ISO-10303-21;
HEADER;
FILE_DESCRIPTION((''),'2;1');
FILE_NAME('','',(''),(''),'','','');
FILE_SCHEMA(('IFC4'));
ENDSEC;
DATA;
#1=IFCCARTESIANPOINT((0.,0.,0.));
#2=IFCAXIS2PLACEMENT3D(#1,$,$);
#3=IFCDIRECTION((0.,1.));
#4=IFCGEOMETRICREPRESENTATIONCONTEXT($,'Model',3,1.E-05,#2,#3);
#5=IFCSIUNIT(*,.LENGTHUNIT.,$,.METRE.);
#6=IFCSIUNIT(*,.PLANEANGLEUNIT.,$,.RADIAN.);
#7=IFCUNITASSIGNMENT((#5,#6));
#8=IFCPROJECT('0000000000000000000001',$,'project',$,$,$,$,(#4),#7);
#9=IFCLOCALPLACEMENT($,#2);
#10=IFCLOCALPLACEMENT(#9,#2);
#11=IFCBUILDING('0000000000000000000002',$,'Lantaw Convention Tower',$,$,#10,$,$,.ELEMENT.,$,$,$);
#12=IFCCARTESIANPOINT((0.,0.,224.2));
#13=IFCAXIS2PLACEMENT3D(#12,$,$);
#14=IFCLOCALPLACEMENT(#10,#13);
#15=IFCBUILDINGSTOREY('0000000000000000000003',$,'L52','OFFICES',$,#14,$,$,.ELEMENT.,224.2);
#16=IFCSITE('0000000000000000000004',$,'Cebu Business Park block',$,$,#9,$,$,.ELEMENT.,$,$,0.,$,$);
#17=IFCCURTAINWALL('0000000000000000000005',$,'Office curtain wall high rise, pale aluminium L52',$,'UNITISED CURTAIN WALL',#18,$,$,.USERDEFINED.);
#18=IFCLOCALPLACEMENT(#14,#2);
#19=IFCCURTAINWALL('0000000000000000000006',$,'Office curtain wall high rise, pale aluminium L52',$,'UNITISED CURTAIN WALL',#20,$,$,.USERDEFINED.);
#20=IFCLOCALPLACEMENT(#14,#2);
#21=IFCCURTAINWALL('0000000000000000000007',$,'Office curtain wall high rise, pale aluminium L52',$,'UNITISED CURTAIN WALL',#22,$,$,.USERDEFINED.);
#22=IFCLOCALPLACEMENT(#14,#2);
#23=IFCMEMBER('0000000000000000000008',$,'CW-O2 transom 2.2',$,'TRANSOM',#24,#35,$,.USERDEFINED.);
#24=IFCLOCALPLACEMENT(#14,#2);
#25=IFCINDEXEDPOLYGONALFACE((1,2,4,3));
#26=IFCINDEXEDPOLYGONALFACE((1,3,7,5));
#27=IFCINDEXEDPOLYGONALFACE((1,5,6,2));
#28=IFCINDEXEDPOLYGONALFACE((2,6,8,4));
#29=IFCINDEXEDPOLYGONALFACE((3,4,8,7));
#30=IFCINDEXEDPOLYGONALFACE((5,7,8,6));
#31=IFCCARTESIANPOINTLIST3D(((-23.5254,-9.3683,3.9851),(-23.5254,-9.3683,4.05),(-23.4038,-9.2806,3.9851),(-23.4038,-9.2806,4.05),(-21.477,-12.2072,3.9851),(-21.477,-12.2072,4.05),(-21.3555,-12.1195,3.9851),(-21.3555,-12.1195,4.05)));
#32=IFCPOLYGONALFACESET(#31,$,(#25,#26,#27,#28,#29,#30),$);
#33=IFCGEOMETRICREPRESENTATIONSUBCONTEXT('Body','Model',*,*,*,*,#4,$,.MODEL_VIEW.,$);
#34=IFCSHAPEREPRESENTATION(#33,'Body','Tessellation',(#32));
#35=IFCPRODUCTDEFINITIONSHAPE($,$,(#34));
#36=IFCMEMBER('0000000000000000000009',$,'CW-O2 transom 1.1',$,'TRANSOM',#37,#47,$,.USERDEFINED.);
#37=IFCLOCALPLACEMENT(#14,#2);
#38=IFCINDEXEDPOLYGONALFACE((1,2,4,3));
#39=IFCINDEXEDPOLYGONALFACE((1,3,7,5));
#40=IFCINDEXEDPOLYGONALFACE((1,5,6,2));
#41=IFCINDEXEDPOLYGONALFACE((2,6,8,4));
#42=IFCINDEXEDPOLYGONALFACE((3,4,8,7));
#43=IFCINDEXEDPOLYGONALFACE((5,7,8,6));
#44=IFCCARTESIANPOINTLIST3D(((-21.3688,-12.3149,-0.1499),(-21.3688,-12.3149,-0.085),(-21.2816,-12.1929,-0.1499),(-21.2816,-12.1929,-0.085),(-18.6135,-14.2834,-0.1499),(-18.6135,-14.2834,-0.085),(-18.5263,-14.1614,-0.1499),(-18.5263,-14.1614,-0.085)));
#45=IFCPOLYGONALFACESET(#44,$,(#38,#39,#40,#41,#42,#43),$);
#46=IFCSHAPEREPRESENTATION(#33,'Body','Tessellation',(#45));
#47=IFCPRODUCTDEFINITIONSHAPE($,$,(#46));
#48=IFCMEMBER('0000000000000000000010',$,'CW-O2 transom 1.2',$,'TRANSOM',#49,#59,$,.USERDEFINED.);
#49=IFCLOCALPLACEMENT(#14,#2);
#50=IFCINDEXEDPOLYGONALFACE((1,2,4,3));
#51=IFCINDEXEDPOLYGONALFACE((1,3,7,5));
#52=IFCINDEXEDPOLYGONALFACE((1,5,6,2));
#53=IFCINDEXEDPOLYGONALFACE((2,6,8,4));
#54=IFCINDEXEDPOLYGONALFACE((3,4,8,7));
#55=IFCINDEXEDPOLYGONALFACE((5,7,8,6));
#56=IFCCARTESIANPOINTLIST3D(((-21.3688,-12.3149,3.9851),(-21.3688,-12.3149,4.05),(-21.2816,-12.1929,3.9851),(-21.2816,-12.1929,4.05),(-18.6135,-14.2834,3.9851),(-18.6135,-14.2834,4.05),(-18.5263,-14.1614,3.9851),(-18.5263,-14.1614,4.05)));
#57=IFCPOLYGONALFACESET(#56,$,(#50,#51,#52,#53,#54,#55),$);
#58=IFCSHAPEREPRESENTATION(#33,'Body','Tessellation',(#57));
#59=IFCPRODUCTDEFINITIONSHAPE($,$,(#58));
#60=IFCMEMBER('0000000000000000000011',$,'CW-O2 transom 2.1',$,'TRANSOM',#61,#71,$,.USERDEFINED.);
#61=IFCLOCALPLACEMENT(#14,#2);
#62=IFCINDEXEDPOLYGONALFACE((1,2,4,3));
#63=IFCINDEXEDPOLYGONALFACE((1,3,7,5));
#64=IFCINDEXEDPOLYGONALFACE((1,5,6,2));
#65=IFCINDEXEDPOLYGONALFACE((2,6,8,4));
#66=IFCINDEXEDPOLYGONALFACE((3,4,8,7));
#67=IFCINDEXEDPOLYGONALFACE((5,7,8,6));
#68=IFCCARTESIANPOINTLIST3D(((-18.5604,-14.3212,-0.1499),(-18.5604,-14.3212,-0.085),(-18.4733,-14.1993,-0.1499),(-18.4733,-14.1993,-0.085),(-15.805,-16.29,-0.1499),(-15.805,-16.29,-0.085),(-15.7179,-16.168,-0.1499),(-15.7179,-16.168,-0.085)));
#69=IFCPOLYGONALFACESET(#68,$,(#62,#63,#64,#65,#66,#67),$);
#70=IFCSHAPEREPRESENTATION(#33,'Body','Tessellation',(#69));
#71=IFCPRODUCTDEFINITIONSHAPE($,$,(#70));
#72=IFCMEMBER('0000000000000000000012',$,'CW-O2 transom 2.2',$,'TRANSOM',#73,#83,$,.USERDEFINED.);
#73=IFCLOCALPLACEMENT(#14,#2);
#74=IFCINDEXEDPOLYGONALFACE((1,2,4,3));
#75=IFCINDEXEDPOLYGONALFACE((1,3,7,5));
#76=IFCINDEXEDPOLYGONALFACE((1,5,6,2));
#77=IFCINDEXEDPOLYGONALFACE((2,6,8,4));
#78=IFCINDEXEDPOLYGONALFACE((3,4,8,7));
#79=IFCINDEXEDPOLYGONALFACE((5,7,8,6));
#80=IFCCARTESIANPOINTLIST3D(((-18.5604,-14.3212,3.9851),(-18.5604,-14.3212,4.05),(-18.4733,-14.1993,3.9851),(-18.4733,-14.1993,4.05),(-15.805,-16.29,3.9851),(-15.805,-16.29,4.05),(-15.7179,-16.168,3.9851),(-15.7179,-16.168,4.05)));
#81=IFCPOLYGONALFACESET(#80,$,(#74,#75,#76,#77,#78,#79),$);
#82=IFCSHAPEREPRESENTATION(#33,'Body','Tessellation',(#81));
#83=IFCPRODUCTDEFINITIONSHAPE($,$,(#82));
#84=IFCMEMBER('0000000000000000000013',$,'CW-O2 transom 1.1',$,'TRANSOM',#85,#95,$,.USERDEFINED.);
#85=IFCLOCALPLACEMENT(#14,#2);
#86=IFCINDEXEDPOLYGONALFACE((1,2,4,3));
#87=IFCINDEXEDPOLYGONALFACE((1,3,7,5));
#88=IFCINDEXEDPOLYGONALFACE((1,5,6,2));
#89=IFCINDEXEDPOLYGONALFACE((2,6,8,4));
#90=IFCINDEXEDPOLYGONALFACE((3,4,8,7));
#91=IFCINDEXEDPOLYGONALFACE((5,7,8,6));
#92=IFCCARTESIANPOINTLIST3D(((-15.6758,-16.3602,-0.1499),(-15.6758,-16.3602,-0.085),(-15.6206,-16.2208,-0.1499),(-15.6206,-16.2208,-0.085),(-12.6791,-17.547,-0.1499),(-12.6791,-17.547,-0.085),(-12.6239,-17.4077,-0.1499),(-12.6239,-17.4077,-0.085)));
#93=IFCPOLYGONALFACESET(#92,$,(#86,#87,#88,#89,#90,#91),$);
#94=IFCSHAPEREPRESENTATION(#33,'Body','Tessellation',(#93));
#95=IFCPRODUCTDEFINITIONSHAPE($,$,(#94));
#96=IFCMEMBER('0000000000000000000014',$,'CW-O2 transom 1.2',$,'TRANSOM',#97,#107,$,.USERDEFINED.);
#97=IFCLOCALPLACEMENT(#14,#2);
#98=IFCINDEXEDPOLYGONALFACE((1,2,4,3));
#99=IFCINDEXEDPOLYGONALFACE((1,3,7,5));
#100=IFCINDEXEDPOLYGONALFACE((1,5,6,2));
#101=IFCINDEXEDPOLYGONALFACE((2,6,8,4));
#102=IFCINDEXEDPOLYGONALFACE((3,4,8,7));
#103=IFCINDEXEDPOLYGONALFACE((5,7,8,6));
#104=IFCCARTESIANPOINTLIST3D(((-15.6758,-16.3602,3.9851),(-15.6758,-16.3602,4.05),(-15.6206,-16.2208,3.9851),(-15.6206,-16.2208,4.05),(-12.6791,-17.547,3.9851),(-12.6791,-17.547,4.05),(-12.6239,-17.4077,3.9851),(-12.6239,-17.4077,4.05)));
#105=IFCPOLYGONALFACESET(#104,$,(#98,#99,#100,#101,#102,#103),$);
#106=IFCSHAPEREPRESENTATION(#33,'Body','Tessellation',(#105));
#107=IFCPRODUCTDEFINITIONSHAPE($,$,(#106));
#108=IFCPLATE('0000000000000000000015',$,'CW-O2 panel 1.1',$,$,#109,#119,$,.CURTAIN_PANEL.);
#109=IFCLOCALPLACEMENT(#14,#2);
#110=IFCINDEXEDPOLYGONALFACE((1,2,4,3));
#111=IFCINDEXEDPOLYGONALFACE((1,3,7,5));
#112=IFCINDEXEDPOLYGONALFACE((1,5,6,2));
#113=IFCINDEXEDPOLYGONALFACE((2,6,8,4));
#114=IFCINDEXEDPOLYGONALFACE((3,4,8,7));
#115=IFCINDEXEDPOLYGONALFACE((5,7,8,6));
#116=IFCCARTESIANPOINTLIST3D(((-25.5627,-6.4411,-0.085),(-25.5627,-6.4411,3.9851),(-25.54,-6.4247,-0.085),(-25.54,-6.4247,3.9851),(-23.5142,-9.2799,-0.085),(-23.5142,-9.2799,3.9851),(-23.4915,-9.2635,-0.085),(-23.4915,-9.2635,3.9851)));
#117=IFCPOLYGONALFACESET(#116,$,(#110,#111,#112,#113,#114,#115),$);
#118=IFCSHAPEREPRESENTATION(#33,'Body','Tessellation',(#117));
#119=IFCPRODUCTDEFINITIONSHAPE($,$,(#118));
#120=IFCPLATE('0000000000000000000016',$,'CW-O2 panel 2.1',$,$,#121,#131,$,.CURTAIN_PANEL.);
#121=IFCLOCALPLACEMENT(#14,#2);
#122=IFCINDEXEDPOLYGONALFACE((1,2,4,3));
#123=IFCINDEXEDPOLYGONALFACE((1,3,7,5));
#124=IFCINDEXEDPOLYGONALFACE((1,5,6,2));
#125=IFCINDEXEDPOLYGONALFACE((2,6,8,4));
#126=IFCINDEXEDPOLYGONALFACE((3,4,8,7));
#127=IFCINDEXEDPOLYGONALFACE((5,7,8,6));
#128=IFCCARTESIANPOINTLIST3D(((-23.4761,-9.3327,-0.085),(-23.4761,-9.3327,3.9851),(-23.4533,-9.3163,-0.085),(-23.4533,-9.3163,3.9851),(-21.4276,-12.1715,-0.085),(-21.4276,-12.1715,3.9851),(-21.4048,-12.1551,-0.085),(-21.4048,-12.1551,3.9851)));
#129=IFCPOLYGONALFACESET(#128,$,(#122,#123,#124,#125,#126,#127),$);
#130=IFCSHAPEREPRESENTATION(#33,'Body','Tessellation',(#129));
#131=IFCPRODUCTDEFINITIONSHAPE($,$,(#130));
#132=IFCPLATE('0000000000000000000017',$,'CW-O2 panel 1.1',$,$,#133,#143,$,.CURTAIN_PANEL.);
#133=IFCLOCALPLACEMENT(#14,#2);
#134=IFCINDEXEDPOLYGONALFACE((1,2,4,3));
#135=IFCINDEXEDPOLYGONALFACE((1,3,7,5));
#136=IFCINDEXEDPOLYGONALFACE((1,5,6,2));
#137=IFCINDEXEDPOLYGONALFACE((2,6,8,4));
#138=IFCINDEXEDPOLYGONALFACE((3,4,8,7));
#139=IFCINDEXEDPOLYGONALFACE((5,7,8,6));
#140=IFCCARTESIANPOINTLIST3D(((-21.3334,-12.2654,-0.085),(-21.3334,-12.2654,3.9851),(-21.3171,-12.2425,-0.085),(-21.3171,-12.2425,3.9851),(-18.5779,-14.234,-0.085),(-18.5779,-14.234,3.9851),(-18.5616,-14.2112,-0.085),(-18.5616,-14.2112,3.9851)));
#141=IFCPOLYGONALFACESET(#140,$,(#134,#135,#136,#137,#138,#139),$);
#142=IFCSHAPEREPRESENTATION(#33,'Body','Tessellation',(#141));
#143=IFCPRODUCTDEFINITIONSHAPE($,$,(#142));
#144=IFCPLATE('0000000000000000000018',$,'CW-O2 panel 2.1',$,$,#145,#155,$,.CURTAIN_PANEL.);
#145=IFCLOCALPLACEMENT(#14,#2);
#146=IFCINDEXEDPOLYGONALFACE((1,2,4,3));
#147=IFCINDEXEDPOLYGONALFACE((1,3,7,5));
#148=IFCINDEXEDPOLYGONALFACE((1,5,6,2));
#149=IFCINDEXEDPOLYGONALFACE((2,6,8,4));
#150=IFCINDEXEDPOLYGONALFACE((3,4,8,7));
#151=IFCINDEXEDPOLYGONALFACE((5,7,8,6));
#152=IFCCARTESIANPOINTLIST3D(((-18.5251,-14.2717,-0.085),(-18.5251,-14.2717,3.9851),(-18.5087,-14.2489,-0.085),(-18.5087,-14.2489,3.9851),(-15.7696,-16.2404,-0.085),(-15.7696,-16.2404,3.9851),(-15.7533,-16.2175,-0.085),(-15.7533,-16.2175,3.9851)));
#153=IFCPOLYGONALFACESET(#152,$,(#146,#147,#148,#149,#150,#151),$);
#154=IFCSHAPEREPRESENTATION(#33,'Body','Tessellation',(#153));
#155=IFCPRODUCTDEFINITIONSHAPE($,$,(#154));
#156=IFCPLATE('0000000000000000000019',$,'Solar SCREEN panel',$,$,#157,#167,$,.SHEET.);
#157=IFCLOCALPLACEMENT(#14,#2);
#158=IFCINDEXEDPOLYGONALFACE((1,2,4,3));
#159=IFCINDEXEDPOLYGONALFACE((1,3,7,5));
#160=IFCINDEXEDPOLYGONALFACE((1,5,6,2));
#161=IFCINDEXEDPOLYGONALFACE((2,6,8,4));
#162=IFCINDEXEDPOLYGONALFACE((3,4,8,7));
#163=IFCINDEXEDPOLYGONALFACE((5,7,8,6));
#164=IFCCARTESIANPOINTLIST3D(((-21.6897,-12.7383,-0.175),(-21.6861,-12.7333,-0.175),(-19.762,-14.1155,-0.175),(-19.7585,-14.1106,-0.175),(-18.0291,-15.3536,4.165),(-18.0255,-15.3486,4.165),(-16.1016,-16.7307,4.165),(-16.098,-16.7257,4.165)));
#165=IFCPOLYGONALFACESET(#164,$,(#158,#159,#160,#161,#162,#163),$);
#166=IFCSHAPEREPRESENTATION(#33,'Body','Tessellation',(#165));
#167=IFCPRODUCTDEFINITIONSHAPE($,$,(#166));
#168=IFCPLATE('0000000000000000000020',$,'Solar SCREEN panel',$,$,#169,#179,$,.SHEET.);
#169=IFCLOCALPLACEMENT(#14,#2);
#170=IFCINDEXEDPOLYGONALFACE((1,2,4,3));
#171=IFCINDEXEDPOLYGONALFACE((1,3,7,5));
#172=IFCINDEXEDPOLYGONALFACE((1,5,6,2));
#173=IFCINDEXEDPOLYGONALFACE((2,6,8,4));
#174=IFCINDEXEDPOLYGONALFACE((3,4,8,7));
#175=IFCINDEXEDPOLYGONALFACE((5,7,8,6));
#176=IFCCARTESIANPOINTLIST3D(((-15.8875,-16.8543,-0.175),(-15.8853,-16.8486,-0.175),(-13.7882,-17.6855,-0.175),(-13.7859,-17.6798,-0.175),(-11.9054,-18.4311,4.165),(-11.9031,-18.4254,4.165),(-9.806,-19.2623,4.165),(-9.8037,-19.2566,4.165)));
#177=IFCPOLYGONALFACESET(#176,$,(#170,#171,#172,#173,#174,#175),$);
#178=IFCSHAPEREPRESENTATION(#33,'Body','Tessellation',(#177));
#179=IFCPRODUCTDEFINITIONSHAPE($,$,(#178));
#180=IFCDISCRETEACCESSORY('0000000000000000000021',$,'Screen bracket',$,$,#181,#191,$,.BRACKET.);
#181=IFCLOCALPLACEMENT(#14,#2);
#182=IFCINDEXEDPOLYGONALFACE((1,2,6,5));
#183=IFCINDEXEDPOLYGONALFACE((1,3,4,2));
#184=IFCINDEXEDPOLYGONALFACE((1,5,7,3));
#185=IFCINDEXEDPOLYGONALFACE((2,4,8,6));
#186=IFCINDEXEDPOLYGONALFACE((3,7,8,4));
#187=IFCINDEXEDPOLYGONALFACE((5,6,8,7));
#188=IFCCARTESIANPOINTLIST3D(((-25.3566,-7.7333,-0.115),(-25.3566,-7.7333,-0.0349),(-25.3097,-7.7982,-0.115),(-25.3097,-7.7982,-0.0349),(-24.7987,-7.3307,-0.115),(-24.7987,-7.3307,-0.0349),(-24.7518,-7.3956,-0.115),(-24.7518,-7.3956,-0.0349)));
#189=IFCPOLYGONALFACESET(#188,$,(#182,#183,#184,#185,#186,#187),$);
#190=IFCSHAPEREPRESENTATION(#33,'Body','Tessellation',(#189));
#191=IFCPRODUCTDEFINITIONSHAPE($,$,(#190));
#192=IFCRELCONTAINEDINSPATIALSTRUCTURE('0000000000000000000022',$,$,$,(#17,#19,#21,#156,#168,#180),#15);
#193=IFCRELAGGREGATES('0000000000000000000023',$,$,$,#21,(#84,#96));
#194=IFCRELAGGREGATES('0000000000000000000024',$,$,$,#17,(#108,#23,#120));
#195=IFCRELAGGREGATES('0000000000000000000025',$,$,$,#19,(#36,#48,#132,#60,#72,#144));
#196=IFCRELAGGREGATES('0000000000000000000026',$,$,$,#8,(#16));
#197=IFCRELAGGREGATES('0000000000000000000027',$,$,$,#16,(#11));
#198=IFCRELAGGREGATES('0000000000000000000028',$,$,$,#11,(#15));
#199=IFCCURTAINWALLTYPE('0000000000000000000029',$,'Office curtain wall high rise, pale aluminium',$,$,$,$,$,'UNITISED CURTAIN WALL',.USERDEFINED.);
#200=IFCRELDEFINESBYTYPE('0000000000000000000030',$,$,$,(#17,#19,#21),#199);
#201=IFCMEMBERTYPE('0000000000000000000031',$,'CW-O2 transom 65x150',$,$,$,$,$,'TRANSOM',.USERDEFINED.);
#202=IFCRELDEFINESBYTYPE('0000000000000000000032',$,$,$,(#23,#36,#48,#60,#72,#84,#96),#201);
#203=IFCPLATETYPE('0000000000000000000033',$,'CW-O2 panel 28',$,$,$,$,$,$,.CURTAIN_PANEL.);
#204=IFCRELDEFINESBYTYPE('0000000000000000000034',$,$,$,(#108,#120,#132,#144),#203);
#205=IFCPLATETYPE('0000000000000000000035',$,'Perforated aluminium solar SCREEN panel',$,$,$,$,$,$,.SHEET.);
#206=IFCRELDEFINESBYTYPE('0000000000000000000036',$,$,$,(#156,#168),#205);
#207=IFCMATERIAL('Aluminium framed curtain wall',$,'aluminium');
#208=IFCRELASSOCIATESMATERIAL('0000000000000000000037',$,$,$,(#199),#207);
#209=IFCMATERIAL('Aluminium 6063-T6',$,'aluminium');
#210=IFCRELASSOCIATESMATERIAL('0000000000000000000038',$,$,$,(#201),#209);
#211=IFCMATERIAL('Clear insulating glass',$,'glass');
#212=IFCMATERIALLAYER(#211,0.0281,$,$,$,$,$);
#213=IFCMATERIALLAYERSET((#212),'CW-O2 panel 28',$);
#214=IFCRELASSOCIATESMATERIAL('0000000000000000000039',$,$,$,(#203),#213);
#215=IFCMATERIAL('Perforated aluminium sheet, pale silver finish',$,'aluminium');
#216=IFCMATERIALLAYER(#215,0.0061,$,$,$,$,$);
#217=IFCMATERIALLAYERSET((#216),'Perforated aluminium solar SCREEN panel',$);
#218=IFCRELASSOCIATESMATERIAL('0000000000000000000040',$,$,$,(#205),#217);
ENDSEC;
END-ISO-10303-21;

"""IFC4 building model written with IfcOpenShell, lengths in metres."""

from ifc_helpers import new_model, si_unit, direction, frame, origin, origin_2d, place, context, subcontext, project, spatial, polyline, rectangle, outline, extrude, material, layer, layer_set, material_profile, profile_set, type_object, element, aggregate, save


model = new_model("IFC4")

# Units and contexts
model_context = context("Model", 3, precision=1e-05, world=origin(), true_north=direction((0.0, 1.0)))
body_context = subcontext(model_context, "Body", "Model", "MODEL_VIEW")
ifc_project = project(units=[si_unit("LENGTHUNIT", "METRE"), si_unit("PLANEANGLEUNIT", "RADIAN")], contexts=[model_context])

# Site, building, storey
site_placement = place(None, origin())
site = spatial("IfcSite", under=ifc_project, at=site_placement, Name="Cebu Business Park block", CompositionType="ELEMENT", RefElevation=0.0)
building_placement = place(site_placement, origin())
building = spatial("IfcBuilding", under=site, at=building_placement, Name="Lantaw Convention Tower", CompositionType="ELEMENT")
storey_placement = place(building_placement, frame((0.0, 0.0, 224.2)))
storey = spatial("IfcBuildingStorey", under=building, at=storey_placement, Name="L52", Description="OFFICES", CompositionType="ELEMENT", Elevation=224.2)

# Curtain walls
ifc_material_1 = material(Name="Aluminium framed curtain wall", Category="aluminium")
curtain_wall_type = type_object("IfcCurtainWallType", Name="Office curtain wall high rise, pale aluminium", ElementType="UNITISED CURTAIN WALL", PredefinedType="USERDEFINED", material=ifc_material_1)
curtain_wall_1_placement = place(storey_placement, origin())
curtain_wall_1 = element("IfcCurtainWall", 1, at=curtain_wall_1_placement, inside=storey, type_object=curtain_wall_type, Name="Office curtain wall high rise, pale aluminium L52", ObjectType="UNITISED CURTAIN WALL", PredefinedType="USERDEFINED")
ifc_material_2 = material(Name="Aluminium 6063-T6", Category="aluminium")
curtain_wall_2_placement = place(storey_placement, origin())
curtain_wall_2 = element("IfcCurtainWall", 2, at=curtain_wall_2_placement, inside=storey, type_object=curtain_wall_type, Name="Office curtain wall high rise, pale aluminium L52", ObjectType="UNITISED CURTAIN WALL", PredefinedType="USERDEFINED")

# Curtain wall
curtain_wall_3_placement = place(storey_placement, origin())
curtain_wall_3 = element("IfcCurtainWall", 3, at=curtain_wall_3_placement, inside=storey, type_object=curtain_wall_type, Name="Office curtain wall high rise, pale aluminium L52", ObjectType="UNITISED CURTAIN WALL", PredefinedType="USERDEFINED")

# Members
ifc_material_profile_1 = material_profile(ifc_material_2, rectangle(XDim=0.1499, YDim=0.0649, at=origin_2d()), Name="CW-O2 transom 65x150")
ifc_profile_set_1 = profile_set([ifc_material_profile_1], Name="Aluminium 6063-T6")
member_type_1 = type_object("IfcMemberType", Name="CW-O2 transom 65x150", ElementType="TRANSOM", PredefinedType="USERDEFINED", material=ifc_profile_set_1)
member_1_placement = place(storey_placement, frame((-23.4646, -9.3245, 4.0176), z_axis=(0.585124, -0.810944, 0.0), x_axis=(0.810944, 0.585124, 0.0)))
member_1 = element("IfcMember", 4, at=member_1_placement, type_object=member_type_1, Name="CW-O2 transom 2.2", ObjectType="TRANSOM", PredefinedType="USERDEFINED", context=body_context, shape_type="SweptSolid", body=[
    extrude(rectangle(XDim=0.1499, YDim=0.0649, at=origin_2d()), origin(), (0.0, 0.0, 1.0), 3.5007),
])
member_2_placement = place(storey_placement, frame((-21.3252, -12.2539, -0.1174), z_axis=(0.81368, -0.581313, 0.0), x_axis=(0.581313, 0.81368, 0.0)))
member_2 = element("IfcMember", 5, at=member_2_placement, type_object=member_type_1, Name="CW-O2 transom 1.1", ObjectType="TRANSOM", PredefinedType="USERDEFINED", context=body_context, shape_type="SweptSolid", body=[
    extrude(rectangle(XDim=0.1499, YDim=0.0649, at=origin_2d()), origin(), (0.0, 0.0, 1.0), 3.3862),
])
member_3_placement = place(storey_placement, frame((-21.3252, -12.2539, 4.0176), z_axis=(0.81368, -0.581313, 0.0), x_axis=(0.581313, 0.81368, 0.0)))
member_3 = element("IfcMember", 6, at=member_3_placement, type_object=member_type_1, Name="CW-O2 transom 1.2", ObjectType="TRANSOM", PredefinedType="USERDEFINED", context=body_context, shape_type="SweptSolid", body=[
    extrude(rectangle(XDim=0.1499, YDim=0.0649, at=origin_2d()), origin(), (0.0, 0.0, 1.0), 3.3862),
])
member_4_placement = place(storey_placement, frame((-18.5168, -14.2603, -0.1174), z_axis=(0.813646, -0.581361, 0.0), x_axis=(0.581361, 0.813646, 0.0)))
member_4 = element("IfcMember", 7, at=member_4_placement, type_object=member_type_1, Name="CW-O2 transom 2.1", ObjectType="TRANSOM", PredefinedType="USERDEFINED", context=body_context, shape_type="SweptSolid", body=[
    extrude(rectangle(XDim=0.1499, YDim=0.0649, at=origin_2d()), origin(), (0.0, 0.0, 1.0), 3.3865),
])
member_5_placement = place(storey_placement, frame((-18.5168, -14.2603, 4.0176), z_axis=(0.813646, -0.581361, 0.0), x_axis=(0.581361, 0.813646, 0.0)))
member_5 = element("IfcMember", 8, at=member_5_placement, type_object=member_type_1, Name="CW-O2 transom 2.2", ObjectType="TRANSOM", PredefinedType="USERDEFINED", context=body_context, shape_type="SweptSolid", body=[
    extrude(rectangle(XDim=0.1499, YDim=0.0649, at=origin_2d()), origin(), (0.0, 0.0, 1.0), 3.3865),
])
member_6_placement = place(storey_placement, frame((-15.6482, -16.2905, -0.1174), z_axis=(0.929741, -0.368215, 0.0), x_axis=(0.368215, 0.929741, 0.0)))
member_6 = element("IfcMember", 9, at=member_6_placement, type_object=member_type_1, Name="CW-O2 transom 1.1", ObjectType="TRANSOM", PredefinedType="USERDEFINED", context=body_context, shape_type="SweptSolid", body=[
    extrude(rectangle(XDim=0.1499, YDim=0.0649, at=origin_2d()), origin(), (0.0, 0.0, 1.0), 3.2231),
])
member_7_placement = place(storey_placement, frame((-15.6482, -16.2905, 4.0176), z_axis=(0.929741, -0.368215, 0.0), x_axis=(0.368215, 0.929741, 0.0)))
member_7 = element("IfcMember", 10, at=member_7_placement, type_object=member_type_1, Name="CW-O2 transom 1.2", ObjectType="TRANSOM", PredefinedType="USERDEFINED", context=body_context, shape_type="SweptSolid", body=[
    extrude(rectangle(XDim=0.1499, YDim=0.0649, at=origin_2d()), origin(), (0.0, 0.0, 1.0), 3.2231),
])
aggregate(curtain_wall_3, [member_6, member_7])

# Plates
ifc_material_3 = material(Name="Clear insulating glass", Category="glass")
ifc_layer_1 = layer(ifc_material_3, 0.0281)
ifc_layer_set_1 = layer_set([ifc_layer_1], Name="CW-O2 panel 28")
plate_type_1 = type_object("IfcPlateType", Name="CW-O2 panel 28", PredefinedType="CURTAIN_PANEL", material=ifc_layer_set_1)
plate_1_placement = place(storey_placement, frame((-24.5271, -7.8523, -0.085), z_axis=(0.0, 0.0, 1.0), x_axis=(0.585158, -0.81092, 0.0)))
plate_1 = element("IfcPlate", 11, at=plate_1_placement, type_object=plate_type_1, Name="CW-O2 panel 1.1", PredefinedType="CURTAIN_PANEL", context=body_context, shape_type="SweptSolid", body=[
    extrude(rectangle(XDim=3.5007, YDim=0.0281, at=origin_2d()), origin(), (0.0, 0.0, 1.0), 4.0701),
])
plate_2_placement = place(storey_placement, frame((-22.4404, -10.7439, -0.085), z_axis=(0.0, 0.0, 1.0), x_axis=(0.585158, -0.81092, 0.0)))
plate_2 = element("IfcPlate", 12, at=plate_2_placement, type_object=plate_type_1, Name="CW-O2 panel 2.1", PredefinedType="CURTAIN_PANEL", context=body_context, shape_type="SweptSolid", body=[
    extrude(rectangle(XDim=3.5007, YDim=0.0281, at=origin_2d()), origin(), (0.0, 0.0, 1.0), 4.0701),
])
aggregate(curtain_wall_1, [plate_1, member_1, plate_2])
plate_3_placement = place(storey_placement, frame((-19.9475, -13.2383, -0.085), z_axis=(0.0, 0.0, 1.0), x_axis=(0.813673, -0.581323, 0.0)))
plate_3 = element("IfcPlate", 13, at=plate_3_placement, type_object=plate_type_1, Name="CW-O2 panel 1.1", PredefinedType="CURTAIN_PANEL", context=body_context, shape_type="SweptSolid", body=[
    extrude(rectangle(XDim=3.3865, YDim=0.0281, at=origin_2d()), origin(), (0.0, 0.0, 1.0), 4.0701),
])
plate_4_placement = place(storey_placement, frame((-17.1392, -15.2446, -0.085), z_axis=(0.0, 0.0, 1.0), x_axis=(0.813673, -0.581323, 0.0)))
plate_4 = element("IfcPlate", 14, at=plate_4_placement, type_object=plate_type_1, Name="CW-O2 panel 2.1", PredefinedType="CURTAIN_PANEL", context=body_context, shape_type="SweptSolid", body=[
    extrude(rectangle(XDim=3.3865, YDim=0.0281, at=origin_2d()), origin(), (0.0, 0.0, 1.0), 4.0701),
])
aggregate(curtain_wall_2, [member_2, member_3, plate_3, member_4, member_5, plate_4])

# Plates
ifc_material_4 = material(Name="Perforated aluminium sheet, pale silver finish", Category="aluminium")
ifc_layer_2 = layer(ifc_material_4, 0.0061)
ifc_layer_set_2 = layer_set([ifc_layer_2], Name="Perforated aluminium solar SCREEN panel")
plate_type_2 = type_object("IfcPlateType", Name="Perforated aluminium solar SCREEN panel", PredefinedType="SHEET", material=ifc_layer_set_2)
plate_5_placement = place(storey_placement, frame((-21.6897, -12.7383, -0.175), z_axis=(-0.581331, -0.813667, 0.00001), x_axis=(0.813667, -0.581331, 0.0)))
element("IfcPlate", 15, at=plate_5_placement, inside=storey, type_object=plate_type_2, Name="Solar SCREEN panel", PredefinedType="SHEET", context=body_context, shape_type="SweptSolid", body=[
    extrude(outline(polyline([(0.0, 0.0), (2.3691, 0.0), (6.8678, 4.3401), (4.4989, 4.3401), (0.0, 0.0)])), origin(), (0.0, 0.0, -1.0), 0.0061),
])
plate_6_placement = place(storey_placement, frame((-15.8853, -16.8486, -0.175), z_axis=(0.368117, 0.92978, 0.000036), x_axis=(0.92978, -0.368117, 0.0)))
element("IfcPlate", 16, at=plate_6_placement, inside=storey, type_object=plate_type_2, Name="Solar SCREEN panel", PredefinedType="SHEET", context=body_context, shape_type="SweptSolid", body=[
    extrude(outline(polyline([(0.0, 0.0), (2.2579, 0.0), (6.5409, -4.3401), (4.2829, -4.3401), (0.0, 0.0)])), origin(), (0.0, 0.0, -1.0), 0.0061),
])

# Discrete accessory
for number, where, z_axis, x_axis, name in (
    (17, (-25.0542, -7.5645, -0.115), (0.0, 0.0, 1.0), (0.585158, -0.81092, 0.0), "Screen bracket"),
):
    element("IfcDiscreteAccessory", number, at=place(storey_placement, frame(where, z_axis=z_axis, x_axis=x_axis)), inside=storey, Name=name, PredefinedType="BRACKET", context=body_context, shape_type="SweptSolid", body=[
        extrude(rectangle(XDim=0.0801, YDim=0.688, at=origin_2d()), origin(), (0.0, 0.0, 1.0), 0.0801),
    ])

save(model, "model.ifc")
